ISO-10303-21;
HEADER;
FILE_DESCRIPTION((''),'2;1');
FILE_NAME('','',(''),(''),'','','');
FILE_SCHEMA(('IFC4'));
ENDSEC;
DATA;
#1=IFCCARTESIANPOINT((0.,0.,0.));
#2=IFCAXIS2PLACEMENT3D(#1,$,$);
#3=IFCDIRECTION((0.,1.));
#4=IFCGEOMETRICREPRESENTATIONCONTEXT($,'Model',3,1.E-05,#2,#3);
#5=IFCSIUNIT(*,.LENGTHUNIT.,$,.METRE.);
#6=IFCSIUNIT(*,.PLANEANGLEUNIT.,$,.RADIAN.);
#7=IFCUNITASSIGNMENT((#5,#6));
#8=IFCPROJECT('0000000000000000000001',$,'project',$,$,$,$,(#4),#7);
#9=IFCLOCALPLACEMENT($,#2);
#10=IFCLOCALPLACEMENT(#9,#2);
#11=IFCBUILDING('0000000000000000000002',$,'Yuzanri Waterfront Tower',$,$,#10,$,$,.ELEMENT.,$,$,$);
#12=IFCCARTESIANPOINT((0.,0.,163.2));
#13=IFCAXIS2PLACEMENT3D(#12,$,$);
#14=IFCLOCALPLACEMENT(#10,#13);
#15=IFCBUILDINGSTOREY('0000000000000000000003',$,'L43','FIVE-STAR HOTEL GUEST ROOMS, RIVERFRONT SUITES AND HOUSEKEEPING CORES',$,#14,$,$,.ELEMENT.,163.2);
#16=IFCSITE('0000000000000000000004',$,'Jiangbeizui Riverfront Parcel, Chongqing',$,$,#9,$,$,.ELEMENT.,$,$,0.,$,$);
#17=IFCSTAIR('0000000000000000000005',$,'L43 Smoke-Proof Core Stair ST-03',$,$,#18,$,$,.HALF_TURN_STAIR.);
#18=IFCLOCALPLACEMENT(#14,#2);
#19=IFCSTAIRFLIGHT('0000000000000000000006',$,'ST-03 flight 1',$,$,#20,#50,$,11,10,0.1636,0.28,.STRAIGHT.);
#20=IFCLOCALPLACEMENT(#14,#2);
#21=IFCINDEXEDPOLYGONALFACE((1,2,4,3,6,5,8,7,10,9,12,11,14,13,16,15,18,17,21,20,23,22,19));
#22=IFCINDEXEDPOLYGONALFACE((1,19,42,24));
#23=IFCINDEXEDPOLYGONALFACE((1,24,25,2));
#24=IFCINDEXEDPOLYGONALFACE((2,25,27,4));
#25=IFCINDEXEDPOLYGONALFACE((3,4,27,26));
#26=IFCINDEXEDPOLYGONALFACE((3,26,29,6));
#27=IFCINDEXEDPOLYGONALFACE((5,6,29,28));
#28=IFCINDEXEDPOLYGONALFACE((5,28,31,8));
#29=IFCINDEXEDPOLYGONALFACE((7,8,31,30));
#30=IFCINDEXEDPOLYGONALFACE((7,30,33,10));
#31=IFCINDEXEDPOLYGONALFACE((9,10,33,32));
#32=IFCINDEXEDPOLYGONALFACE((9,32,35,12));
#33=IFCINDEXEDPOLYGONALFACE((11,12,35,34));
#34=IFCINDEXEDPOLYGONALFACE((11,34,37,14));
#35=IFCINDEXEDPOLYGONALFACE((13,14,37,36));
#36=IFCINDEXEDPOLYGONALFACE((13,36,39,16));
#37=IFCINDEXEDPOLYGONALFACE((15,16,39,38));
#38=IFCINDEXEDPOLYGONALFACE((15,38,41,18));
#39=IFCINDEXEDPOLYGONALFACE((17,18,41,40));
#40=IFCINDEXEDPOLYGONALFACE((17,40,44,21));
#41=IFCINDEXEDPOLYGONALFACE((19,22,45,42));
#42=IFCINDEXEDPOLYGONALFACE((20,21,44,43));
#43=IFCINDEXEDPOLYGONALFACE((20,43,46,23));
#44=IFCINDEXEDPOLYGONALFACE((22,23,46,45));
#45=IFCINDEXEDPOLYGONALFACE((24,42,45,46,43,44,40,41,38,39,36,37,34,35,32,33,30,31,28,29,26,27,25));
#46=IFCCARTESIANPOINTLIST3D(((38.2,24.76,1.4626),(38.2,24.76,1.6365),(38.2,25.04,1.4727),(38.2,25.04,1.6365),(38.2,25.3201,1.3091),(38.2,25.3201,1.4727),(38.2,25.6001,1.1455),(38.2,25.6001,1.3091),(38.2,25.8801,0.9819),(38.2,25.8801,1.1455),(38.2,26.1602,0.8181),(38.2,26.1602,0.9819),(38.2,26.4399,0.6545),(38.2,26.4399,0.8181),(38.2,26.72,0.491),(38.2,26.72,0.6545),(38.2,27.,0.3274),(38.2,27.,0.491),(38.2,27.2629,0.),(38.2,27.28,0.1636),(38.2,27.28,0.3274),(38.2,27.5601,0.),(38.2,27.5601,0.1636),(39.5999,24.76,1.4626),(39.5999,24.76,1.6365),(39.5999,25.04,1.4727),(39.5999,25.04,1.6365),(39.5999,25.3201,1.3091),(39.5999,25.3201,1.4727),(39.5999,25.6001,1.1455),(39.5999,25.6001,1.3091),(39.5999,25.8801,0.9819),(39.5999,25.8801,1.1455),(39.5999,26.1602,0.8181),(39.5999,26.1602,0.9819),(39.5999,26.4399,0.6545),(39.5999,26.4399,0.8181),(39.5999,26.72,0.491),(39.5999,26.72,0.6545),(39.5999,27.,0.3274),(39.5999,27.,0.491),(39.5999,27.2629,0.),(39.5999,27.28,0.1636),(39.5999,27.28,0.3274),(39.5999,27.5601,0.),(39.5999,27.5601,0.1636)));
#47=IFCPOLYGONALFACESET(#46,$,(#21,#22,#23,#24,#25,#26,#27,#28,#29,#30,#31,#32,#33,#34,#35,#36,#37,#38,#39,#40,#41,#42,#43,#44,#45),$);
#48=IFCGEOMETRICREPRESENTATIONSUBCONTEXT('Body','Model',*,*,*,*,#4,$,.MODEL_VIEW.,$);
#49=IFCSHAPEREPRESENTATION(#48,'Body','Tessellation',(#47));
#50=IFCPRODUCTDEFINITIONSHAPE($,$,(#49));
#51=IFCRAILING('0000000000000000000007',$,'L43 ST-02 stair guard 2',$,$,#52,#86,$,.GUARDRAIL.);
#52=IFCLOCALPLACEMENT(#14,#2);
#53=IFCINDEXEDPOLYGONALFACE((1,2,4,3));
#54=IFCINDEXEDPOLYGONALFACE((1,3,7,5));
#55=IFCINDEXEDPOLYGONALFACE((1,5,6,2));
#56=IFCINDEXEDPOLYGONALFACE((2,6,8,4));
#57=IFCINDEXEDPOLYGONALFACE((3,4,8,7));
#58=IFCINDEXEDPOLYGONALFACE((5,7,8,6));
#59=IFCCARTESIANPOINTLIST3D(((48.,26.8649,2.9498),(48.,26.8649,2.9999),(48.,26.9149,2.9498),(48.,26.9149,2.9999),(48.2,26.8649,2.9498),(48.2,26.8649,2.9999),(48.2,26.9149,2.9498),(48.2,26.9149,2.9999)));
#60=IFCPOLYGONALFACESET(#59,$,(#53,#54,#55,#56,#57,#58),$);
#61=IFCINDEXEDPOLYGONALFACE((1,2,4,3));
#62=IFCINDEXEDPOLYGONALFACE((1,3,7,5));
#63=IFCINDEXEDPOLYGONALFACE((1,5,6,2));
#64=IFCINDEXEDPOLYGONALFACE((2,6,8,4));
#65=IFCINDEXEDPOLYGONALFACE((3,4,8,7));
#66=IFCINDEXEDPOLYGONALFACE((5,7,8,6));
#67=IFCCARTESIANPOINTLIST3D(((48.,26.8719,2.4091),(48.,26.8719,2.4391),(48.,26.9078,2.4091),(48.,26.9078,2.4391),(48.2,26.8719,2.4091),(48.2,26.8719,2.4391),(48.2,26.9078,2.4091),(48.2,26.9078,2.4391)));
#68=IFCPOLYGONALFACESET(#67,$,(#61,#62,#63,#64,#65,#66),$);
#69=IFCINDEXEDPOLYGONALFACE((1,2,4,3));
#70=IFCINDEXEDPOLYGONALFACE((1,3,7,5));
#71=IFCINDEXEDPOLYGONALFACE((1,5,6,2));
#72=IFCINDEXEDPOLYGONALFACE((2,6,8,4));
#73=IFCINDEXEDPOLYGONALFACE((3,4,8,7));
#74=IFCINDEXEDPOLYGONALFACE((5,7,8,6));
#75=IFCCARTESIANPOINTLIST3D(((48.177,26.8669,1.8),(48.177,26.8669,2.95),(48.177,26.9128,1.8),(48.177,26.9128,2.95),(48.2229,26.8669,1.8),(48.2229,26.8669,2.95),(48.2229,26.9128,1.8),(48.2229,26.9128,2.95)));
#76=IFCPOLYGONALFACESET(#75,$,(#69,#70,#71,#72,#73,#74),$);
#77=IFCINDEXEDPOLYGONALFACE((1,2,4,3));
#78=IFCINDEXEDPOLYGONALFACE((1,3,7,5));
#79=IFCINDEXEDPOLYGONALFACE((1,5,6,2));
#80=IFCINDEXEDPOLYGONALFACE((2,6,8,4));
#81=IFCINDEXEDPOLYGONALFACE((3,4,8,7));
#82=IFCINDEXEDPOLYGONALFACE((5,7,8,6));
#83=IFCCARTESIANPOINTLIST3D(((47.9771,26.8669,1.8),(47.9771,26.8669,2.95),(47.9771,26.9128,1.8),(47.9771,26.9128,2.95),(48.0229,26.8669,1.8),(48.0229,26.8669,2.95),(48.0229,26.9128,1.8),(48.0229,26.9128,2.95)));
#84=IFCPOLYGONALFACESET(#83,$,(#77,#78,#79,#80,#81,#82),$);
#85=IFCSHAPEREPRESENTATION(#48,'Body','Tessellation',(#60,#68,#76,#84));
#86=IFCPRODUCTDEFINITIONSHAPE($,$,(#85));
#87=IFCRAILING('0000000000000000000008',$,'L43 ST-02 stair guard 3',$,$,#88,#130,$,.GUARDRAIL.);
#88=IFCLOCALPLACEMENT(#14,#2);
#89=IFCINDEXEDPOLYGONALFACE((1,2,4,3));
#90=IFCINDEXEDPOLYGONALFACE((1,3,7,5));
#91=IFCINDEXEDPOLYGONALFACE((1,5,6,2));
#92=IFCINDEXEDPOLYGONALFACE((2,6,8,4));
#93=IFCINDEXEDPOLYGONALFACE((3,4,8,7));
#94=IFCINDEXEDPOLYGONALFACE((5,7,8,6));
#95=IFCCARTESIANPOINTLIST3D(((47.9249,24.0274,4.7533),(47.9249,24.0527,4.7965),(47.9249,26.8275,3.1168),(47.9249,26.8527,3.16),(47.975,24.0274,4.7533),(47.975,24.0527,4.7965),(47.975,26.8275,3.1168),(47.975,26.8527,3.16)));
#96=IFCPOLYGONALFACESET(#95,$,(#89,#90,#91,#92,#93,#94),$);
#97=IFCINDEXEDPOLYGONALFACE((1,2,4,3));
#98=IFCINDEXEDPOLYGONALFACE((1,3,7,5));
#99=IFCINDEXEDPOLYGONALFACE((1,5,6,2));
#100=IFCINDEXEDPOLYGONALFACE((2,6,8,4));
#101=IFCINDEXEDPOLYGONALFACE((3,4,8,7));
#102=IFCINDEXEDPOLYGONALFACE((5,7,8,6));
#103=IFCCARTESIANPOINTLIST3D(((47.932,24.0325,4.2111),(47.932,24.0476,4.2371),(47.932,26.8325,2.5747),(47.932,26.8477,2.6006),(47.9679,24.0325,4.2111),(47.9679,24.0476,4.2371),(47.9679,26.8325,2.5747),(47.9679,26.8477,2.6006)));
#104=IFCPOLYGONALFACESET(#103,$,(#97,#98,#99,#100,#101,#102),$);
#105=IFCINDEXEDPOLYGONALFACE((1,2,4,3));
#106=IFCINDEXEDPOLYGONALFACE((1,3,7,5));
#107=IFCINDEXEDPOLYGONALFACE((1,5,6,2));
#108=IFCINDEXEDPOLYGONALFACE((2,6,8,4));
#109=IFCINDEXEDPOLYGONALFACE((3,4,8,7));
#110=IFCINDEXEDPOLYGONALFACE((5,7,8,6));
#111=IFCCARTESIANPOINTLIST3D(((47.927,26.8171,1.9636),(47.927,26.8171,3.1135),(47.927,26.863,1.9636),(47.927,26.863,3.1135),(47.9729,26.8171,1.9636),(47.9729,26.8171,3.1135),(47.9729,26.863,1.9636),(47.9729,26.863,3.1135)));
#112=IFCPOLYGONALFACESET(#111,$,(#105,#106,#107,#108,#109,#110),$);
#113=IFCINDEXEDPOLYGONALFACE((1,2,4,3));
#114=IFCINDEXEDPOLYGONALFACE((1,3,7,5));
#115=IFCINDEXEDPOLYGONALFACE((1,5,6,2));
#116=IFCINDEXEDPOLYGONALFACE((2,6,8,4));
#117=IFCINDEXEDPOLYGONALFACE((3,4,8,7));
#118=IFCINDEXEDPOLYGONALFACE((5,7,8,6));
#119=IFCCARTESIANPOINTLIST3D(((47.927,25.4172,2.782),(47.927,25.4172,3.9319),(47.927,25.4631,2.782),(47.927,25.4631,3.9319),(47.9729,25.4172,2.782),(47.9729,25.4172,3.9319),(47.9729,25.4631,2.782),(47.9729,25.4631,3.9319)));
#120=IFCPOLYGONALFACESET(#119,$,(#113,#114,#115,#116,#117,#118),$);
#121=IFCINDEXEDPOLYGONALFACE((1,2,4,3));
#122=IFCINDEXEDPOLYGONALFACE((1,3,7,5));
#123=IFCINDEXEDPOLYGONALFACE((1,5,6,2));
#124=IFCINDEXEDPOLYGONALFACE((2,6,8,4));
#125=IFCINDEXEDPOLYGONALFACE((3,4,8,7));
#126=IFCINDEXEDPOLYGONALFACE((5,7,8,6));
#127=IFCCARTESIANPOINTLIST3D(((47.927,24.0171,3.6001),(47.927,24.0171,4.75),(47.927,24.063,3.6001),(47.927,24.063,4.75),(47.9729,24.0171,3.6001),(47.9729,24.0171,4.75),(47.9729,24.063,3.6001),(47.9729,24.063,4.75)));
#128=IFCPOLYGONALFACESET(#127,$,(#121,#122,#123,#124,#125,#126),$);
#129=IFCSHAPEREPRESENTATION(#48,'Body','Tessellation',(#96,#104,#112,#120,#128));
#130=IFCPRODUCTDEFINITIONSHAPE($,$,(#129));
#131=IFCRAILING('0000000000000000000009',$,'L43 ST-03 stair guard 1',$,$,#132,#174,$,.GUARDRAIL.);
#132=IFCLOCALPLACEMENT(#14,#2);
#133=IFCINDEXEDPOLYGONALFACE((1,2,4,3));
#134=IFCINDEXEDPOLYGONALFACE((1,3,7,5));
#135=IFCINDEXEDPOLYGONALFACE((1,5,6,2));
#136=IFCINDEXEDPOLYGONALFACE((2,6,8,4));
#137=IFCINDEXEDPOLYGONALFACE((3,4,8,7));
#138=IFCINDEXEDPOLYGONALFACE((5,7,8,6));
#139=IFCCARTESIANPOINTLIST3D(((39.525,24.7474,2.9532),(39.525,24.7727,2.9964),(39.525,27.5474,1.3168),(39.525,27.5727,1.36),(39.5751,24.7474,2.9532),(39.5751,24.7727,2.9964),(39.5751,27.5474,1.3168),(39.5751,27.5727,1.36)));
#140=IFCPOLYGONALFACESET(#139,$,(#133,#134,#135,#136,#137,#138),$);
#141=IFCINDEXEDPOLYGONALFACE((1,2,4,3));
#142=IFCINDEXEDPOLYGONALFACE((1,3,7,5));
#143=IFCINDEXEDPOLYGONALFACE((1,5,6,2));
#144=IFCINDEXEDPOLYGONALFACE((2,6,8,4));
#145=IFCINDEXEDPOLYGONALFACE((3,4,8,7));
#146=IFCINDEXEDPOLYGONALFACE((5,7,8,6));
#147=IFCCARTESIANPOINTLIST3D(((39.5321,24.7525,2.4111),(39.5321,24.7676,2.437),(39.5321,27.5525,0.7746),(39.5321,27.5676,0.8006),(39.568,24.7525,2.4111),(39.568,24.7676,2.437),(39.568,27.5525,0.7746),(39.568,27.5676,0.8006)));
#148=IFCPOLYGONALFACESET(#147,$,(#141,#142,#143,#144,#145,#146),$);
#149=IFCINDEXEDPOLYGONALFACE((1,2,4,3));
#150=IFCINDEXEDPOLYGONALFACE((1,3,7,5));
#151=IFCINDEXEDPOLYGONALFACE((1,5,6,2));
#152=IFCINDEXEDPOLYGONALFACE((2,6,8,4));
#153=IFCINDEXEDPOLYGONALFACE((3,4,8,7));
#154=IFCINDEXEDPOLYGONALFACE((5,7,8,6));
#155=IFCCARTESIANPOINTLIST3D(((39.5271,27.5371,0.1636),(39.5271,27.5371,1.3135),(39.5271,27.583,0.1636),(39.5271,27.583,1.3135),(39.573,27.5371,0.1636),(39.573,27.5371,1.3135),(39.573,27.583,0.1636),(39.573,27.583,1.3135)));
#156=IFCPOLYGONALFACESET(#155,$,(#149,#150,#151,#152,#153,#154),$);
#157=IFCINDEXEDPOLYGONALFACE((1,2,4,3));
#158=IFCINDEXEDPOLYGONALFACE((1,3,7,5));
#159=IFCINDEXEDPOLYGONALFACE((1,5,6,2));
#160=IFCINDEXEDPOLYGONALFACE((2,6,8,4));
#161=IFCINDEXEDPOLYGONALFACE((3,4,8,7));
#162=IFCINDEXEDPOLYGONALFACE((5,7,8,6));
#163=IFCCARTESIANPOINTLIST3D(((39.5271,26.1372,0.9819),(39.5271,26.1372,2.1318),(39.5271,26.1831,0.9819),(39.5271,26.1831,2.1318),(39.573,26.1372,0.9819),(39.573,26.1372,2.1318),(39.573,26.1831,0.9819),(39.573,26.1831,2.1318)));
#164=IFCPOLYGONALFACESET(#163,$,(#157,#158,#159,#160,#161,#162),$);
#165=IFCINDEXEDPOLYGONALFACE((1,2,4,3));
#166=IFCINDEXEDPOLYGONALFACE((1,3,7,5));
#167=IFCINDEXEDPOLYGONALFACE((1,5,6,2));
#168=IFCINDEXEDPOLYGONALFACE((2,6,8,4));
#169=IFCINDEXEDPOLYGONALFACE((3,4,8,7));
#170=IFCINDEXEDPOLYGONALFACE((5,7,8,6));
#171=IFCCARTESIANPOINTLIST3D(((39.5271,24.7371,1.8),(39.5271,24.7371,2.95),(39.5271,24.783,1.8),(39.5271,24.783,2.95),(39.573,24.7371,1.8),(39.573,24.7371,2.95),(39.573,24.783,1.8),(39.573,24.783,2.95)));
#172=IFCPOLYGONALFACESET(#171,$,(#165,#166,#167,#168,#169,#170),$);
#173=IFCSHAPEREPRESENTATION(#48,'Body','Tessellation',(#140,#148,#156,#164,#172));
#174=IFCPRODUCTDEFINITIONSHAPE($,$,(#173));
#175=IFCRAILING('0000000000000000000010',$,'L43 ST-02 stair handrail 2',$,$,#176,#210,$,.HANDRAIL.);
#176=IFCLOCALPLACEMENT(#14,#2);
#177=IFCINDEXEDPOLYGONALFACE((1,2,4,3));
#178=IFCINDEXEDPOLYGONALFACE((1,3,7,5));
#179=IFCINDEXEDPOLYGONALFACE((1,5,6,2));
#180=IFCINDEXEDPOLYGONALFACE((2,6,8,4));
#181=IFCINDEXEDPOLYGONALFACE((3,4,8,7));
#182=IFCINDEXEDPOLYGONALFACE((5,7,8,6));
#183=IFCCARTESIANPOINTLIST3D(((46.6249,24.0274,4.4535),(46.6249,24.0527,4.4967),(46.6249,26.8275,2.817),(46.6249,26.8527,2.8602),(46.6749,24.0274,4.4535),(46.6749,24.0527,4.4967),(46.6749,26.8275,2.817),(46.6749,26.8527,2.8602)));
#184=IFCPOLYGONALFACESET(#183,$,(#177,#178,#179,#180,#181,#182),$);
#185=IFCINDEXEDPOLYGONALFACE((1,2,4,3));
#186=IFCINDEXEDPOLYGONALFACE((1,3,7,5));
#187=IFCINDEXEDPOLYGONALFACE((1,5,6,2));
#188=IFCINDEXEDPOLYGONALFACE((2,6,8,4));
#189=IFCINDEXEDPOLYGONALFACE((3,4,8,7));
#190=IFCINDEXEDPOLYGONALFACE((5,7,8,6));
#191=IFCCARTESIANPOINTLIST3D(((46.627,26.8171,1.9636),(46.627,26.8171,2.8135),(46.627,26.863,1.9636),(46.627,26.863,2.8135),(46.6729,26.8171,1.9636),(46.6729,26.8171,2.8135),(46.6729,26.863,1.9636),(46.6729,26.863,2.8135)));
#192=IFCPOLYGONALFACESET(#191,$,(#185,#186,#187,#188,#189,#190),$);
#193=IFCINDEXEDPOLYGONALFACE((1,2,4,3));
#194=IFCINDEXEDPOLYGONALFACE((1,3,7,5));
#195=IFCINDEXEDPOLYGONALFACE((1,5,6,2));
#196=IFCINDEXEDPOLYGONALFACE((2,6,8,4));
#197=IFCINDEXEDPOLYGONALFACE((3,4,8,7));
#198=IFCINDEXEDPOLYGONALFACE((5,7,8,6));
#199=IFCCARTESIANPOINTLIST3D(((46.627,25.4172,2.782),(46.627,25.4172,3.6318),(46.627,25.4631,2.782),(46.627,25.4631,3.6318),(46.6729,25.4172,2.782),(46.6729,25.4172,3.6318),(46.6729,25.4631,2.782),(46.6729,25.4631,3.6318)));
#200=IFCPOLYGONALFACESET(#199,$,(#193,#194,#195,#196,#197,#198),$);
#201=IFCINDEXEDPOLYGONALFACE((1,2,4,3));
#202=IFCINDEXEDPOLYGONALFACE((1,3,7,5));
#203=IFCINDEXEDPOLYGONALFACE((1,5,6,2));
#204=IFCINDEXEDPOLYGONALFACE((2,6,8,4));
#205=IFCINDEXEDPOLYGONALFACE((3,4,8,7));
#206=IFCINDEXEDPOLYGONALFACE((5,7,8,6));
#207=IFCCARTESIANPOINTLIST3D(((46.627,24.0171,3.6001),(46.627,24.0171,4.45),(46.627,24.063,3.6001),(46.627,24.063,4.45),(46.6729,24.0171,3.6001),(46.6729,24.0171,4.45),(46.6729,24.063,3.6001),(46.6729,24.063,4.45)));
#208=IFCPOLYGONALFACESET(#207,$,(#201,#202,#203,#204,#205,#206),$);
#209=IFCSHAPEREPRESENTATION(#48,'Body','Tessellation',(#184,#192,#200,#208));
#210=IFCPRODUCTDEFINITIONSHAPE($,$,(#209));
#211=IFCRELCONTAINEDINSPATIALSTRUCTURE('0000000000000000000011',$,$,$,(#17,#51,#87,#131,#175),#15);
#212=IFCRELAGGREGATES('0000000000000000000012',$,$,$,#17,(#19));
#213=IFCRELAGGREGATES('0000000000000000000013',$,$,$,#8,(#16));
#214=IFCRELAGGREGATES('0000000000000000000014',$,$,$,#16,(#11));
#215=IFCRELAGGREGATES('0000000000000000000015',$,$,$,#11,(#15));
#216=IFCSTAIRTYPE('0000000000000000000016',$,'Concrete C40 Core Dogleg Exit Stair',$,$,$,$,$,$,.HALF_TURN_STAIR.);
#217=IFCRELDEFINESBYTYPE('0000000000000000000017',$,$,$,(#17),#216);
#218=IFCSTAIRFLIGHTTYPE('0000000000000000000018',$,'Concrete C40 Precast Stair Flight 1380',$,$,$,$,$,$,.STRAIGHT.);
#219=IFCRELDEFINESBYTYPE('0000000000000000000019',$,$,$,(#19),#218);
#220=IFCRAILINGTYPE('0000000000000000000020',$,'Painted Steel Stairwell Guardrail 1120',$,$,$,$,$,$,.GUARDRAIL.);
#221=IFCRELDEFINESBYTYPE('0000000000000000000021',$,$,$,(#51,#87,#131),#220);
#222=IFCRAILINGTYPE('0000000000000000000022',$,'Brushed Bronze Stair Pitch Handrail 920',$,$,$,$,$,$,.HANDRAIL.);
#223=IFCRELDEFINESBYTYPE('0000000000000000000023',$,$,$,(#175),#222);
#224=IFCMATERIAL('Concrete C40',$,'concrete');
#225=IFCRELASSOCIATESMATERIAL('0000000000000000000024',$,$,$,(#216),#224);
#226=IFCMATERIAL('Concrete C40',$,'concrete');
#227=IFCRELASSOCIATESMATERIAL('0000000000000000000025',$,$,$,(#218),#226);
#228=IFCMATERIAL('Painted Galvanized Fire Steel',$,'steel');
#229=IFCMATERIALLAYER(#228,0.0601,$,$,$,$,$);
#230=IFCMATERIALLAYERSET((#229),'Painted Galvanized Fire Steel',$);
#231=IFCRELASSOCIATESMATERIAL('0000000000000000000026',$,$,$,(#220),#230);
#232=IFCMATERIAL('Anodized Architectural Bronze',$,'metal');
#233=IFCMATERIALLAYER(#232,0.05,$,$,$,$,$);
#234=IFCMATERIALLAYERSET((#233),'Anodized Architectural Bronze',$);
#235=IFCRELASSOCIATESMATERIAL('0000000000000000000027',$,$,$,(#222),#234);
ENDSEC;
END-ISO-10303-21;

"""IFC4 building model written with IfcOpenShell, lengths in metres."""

from ifc_helpers import new_model, si_unit, direction, frame, origin, origin_2d, place, context, subcontext, project, spatial, polyline, rectangle, outline, extrude, source, transform, mapped, material, layer, layer_set, type_object, element, aggregate, save


model = new_model("IFC4")

# Units and contexts
model_context = context("Model", 3, precision=1e-05, world=origin(), true_north=direction((0.0, 1.0)))
body_context = subcontext(model_context, "Body", "Model", "MODEL_VIEW")
ifc_project = project(units=[si_unit("LENGTHUNIT", "METRE"), si_unit("PLANEANGLEUNIT", "RADIAN")], contexts=[model_context])

# Site, building, storey
site_placement = place(None, origin())
site = spatial("IfcSite", under=ifc_project, at=site_placement, Name="Jiangbeizui Riverfront Parcel, Chongqing", CompositionType="ELEMENT", RefElevation=0.0)
building_placement = place(site_placement, origin())
building = spatial("IfcBuilding", under=site, at=building_placement, Name="Yuzanri Waterfront Tower", CompositionType="ELEMENT")
storey_placement = place(building_placement, frame((0.0, 0.0, 163.2)))
storey = spatial("IfcBuildingStorey", under=building, at=storey_placement, Name="L43", Description="FIVE-STAR HOTEL GUEST ROOMS, RIVERFRONT SUITES AND HOUSEKEEPING CORES", CompositionType="ELEMENT", Elevation=163.2)

# Stair, stair flight
ifc_material_1 = material(Name="Concrete C40", Category="concrete")
stair_type = type_object("IfcStairType", Name="Concrete C40 Core Dogleg Exit Stair", PredefinedType="HALF_TURN_STAIR", material=ifc_material_1)
ifc_material_2 = material(Name="Concrete C40", Category="concrete")
stair_flight_type = type_object("IfcStairFlightType", Name="Concrete C40 Precast Stair Flight 1380", PredefinedType="STRAIGHT", material=ifc_material_2)
shared_shape_1 = source(origin(), body_context, "Body", "SweptSolid", [
    extrude(outline(polyline([(0.0, 0.0), (0.0, 0.1636), (0.28, 0.1636), (0.28, 0.3274), (0.5601, 0.3274), (0.5601, 0.491), (0.8401, 0.491), (0.8401, 0.6545), (1.1201, 0.6545), (1.1201, 0.8181), (1.3999, 0.8181), (1.3999, 0.9819), (1.6799, 0.9819), (1.6799, 1.1455), (1.96, 1.1455), (1.96, 1.3091), (2.24, 1.3091), (2.24, 1.4727), (2.52, 1.4727), (2.52, 1.6365), (2.8, 1.6365), (2.8, 1.8), (2.8, 1.4626), (0.2971, 0.0), (0.0, 0.0)])), frame((0.0, 0.7, 0.0), z_axis=(0.0, -1.0, 0.0), x_axis=(1.0, 0.0, 0.0)), (0.0, 0.0, 1.0), 1.3999),
])
stair_1_placement = place(storey_placement, origin())
stair_1 = element("IfcStair", 1, at=stair_1_placement, inside=storey, type_object=stair_type, Name="L43 Smoke-Proof Core Stair ST-03", PredefinedType="HALF_TURN_STAIR")
stair_flight_1_placement = place(storey_placement, frame((38.8999, 27.5601, 0.0), z_axis=(0.0, 0.0, 1.0), x_axis=(0.0, -1.0, 0.0)))
stair_flight_1 = element("IfcStairFlight", 2, at=stair_flight_1_placement, type_object=stair_flight_type, Name="ST-03 flight 1", NumberOfRisers=11, NumberOfTreads=10, PredefinedType="STRAIGHT", RiserHeight=0.1636, TreadLength=0.28, context=body_context, shape_type="MappedRepresentation", body=[
    mapped(shared_shape_1, transform((0.0, 0.0, 0.0), scale=1.0)),
])
aggregate(stair_1, [stair_flight_1])

# Railings
ifc_material_3 = material(Name="Painted Galvanized Fire Steel", Category="steel")
ifc_layer_1 = layer(ifc_material_3, 0.0601)
ifc_layer_set_1 = layer_set([ifc_layer_1], Name="Painted Galvanized Fire Steel")
railing_type_1 = type_object("IfcRailingType", Name="Painted Steel Stairwell Guardrail 1120", PredefinedType="GUARDRAIL", material=ifc_layer_set_1)
shared_shape_2 = source(origin(), body_context, "Body", "SweptSolid", [
    extrude(rectangle(XDim=0.05, YDim=0.05, at=origin_2d()), frame((0.0, 0.0, 1.1748), z_axis=(-1.0, 0.0, 0.0), x_axis=(0.0, -1.0, 0.0)), (0.0, 0.0, 1.0), 0.2),
    extrude(rectangle(XDim=0.0359, YDim=0.03, at=origin_2d()), frame((0.0, 0.0, 0.624), z_axis=(-1.0, 0.0, 0.0), x_axis=(0.0, -1.0, 0.0)), (0.0, 0.0, 1.0), 0.2),
    extrude(rectangle(XDim=0.0459, YDim=0.0459, at=origin_2d()), origin(), (0.0, 0.0, 1.0), 1.1499),
    extrude(rectangle(XDim=0.0459, YDim=0.0459, at=origin_2d()), frame((-0.2, 0.0, 0.0)), (0.0, 0.0, 1.0), 1.1499),
])
railing_1_placement = place(storey_placement, frame((48.2, 26.8899, 1.8)))
element("IfcRailing", 3, at=railing_1_placement, inside=storey, type_object=railing_type_1, Name="L43 ST-02 stair guard 2", PredefinedType="GUARDRAIL", context=body_context, shape_type="MappedRepresentation", body=[
    mapped(shared_shape_2, transform((0.0, 0.0, 0.0), scale=1.0)),
])
shared_shape_3 = source(origin(), body_context, "Body", "SweptSolid", [
    extrude(rectangle(XDim=0.05, YDim=0.05, at=origin_2d()), frame((0.0, 0.0, 1.1748), z_axis=(0.0, -0.863361, 0.504587), x_axis=(1.0, 0.0, 0.0)), (0.0, 0.0, 1.0), 3.2432),
    extrude(rectangle(XDim=0.0359, YDim=0.03, at=origin_2d()), frame((0.0, 0.0, 0.624), z_axis=(0.0, -0.863361, 0.504587), x_axis=(1.0, 0.0, 0.0)), (0.0, 0.0, 1.0), 3.2432),
    extrude(rectangle(XDim=0.0459, YDim=0.0459, at=origin_2d()), origin(), (0.0, 0.0, 1.0), 1.1499),
    extrude(rectangle(XDim=0.0459, YDim=0.0459, at=origin_2d()), frame((0.0, -1.3999, 0.8184)), (0.0, 0.0, 1.0), 1.1499),
    extrude(rectangle(XDim=0.0459, YDim=0.0459, at=origin_2d()), frame((0.0, -2.8, 1.6365)), (0.0, 0.0, 1.0), 1.1499),
])
for number, where, name in (
    (4, (47.95, 26.8401, 1.9636), "L43 ST-02 stair guard 3"),
    (5, (39.55, 27.5601, 0.1636), "L43 ST-03 stair guard 1"),
):
    element("IfcRailing", number, at=place(storey_placement, frame(where)), inside=storey, type_object=railing_type_1, Name=name, PredefinedType="GUARDRAIL", context=body_context, shape_type="MappedRepresentation", body=[
        mapped(shared_shape_3, transform((0.0, 0.0, 0.0), scale=1.0)),
    ])
ifc_material_4 = material(Name="Anodized Architectural Bronze", Category="metal")
ifc_layer_2 = layer(ifc_material_4, 0.05)
ifc_layer_set_2 = layer_set([ifc_layer_2], Name="Anodized Architectural Bronze")
railing_type_2 = type_object("IfcRailingType", Name="Brushed Bronze Stair Pitch Handrail 920", PredefinedType="HANDRAIL", material=ifc_layer_set_2)
shared_shape_4 = source(origin(), body_context, "Body", "SweptSolid", [
    extrude(rectangle(XDim=0.05, YDim=0.05, at=origin_2d()), frame((0.0, 0.0, 0.875), z_axis=(0.0, -0.863361, 0.504587), x_axis=(1.0, 0.0, 0.0)), (0.0, 0.0, 1.0), 3.2432),
    extrude(rectangle(XDim=0.0459, YDim=0.0459, at=origin_2d()), origin(), (0.0, 0.0, 1.0), 0.8499),
    extrude(rectangle(XDim=0.0459, YDim=0.0459, at=origin_2d()), frame((0.0, -1.3999, 0.8184)), (0.0, 0.0, 1.0), 0.8499),
    extrude(rectangle(XDim=0.0459, YDim=0.0459, at=origin_2d()), frame((0.0, -2.8, 1.6365)), (0.0, 0.0, 1.0), 0.8499),
])
for number, where, name in (
    (6, (46.6499, 26.8401, 1.9636), "L43 ST-02 stair handrail 2"),
):
    element("IfcRailing", number, at=place(storey_placement, frame(where)), inside=storey, type_object=railing_type_2, Name=name, PredefinedType="HANDRAIL", context=body_context, shape_type="MappedRepresentation", body=[
        mapped(shared_shape_4, transform((0.0, 0.0, 0.0), scale=1.0)),
    ])

save(model, "model.ifc")
